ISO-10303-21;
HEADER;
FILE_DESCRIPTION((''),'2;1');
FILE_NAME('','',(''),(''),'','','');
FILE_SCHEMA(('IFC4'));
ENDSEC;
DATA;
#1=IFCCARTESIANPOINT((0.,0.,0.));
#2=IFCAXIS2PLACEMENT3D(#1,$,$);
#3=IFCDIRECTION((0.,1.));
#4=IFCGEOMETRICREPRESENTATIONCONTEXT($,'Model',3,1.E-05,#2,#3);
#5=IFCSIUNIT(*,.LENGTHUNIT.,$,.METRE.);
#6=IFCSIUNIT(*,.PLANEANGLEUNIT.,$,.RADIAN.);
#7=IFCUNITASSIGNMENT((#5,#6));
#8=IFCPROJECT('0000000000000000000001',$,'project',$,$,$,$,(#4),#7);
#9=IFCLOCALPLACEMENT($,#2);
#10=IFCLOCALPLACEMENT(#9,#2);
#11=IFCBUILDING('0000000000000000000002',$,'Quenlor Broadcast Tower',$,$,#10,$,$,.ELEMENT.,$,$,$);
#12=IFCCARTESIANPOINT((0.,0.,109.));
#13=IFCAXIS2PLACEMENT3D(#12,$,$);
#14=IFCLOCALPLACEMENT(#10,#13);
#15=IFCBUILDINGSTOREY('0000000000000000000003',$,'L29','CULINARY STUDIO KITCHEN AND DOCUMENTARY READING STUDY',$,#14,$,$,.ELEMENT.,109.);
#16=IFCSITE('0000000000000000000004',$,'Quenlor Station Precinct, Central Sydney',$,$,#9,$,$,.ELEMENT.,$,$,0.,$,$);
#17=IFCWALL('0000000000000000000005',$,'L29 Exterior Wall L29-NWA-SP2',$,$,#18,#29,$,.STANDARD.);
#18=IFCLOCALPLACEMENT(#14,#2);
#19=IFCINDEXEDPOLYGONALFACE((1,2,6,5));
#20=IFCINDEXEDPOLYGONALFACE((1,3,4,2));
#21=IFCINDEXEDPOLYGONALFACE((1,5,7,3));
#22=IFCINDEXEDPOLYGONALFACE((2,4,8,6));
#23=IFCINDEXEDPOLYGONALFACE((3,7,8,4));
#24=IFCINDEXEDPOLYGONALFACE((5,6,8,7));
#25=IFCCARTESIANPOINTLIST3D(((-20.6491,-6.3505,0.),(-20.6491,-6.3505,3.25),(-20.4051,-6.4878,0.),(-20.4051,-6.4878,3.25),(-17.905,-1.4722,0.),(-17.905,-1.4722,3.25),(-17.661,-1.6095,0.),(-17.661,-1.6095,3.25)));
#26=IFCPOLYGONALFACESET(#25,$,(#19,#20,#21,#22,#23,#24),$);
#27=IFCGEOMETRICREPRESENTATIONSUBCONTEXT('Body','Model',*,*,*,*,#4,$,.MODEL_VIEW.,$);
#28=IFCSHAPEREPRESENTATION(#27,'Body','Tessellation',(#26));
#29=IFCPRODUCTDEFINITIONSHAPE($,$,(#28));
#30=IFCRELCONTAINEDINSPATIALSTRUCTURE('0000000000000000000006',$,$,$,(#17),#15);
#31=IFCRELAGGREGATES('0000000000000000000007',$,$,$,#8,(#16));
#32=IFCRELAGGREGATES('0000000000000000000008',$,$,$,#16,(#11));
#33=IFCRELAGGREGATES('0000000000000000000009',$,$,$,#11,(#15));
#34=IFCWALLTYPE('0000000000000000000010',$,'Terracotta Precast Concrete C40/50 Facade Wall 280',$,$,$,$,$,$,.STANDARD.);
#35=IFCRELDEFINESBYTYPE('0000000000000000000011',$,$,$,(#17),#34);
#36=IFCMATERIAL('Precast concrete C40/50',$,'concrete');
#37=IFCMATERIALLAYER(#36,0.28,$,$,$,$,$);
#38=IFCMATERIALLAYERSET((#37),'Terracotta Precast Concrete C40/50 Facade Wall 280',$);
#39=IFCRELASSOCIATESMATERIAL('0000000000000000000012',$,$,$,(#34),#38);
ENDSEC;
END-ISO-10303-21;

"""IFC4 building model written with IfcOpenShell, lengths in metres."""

from ifc_helpers import new_model, si_unit, direction, frame, frame_2d, origin, place, context, subcontext, project, spatial, rectangle, extrude, material, layer, layer_set, type_object, element, save


model = new_model("IFC4")

# Units and contexts
model_context = context("Model", 3, precision=1e-05, world=origin(), true_north=direction((0.0, 1.0)))
body_context = subcontext(model_context, "Body", "Model", "MODEL_VIEW")
ifc_project = project(units=[si_unit("LENGTHUNIT", "METRE"), si_unit("PLANEANGLEUNIT", "RADIAN")], contexts=[model_context])

# Site, building, storey
site_placement = place(None, origin())
site = spatial("IfcSite", under=ifc_project, at=site_placement, Name="Quenlor Station Precinct, Central Sydney", CompositionType="ELEMENT", RefElevation=0.0)
building_placement = place(site_placement, origin())
building = spatial("IfcBuilding", under=site, at=building_placement, Name="Quenlor Broadcast Tower", CompositionType="ELEMENT")
storey_placement = place(building_placement, frame((0.0, 0.0, 109.0)))
storey = spatial("IfcBuildingStorey", under=building, at=storey_placement, Name="L29", Description="CULINARY STUDIO KITCHEN AND DOCUMENTARY READING STUDY", CompositionType="ELEMENT", Elevation=109.0)

# Wall
ifc_material_1 = material(Name="Precast concrete C40/50", Category="concrete")
ifc_layer_1 = layer(ifc_material_1, 0.28)
ifc_layer_set_1 = layer_set([ifc_layer_1], Name="Terracotta Precast Concrete C40/50 Facade Wall 280")
wall_type_1 = type_object("IfcWallType", Name="Terracotta Precast Concrete C40/50 Facade Wall 280", PredefinedType="STANDARD", material=ifc_layer_set_1)
wall_1_placement = place(storey_placement, frame((-20.5271, -6.4192, 0.0), z_axis=(0.0, 0.0, 1.0), x_axis=(0.490265, 0.871573, 0.0)))
element("IfcWall", 1, at=wall_1_placement, inside=storey, type_object=wall_type_1, Name="L29 Exterior Wall L29-NWA-SP2", PredefinedType="STANDARD", context=body_context, shape_type="SweptSolid", body=[
    extrude(rectangle(XDim=5.5972, YDim=0.28, at=frame_2d((2.7986, 0.0))), origin(), (0.0, 0.0, 1.0), 3.25),
])

save(model, "model.ifc")
